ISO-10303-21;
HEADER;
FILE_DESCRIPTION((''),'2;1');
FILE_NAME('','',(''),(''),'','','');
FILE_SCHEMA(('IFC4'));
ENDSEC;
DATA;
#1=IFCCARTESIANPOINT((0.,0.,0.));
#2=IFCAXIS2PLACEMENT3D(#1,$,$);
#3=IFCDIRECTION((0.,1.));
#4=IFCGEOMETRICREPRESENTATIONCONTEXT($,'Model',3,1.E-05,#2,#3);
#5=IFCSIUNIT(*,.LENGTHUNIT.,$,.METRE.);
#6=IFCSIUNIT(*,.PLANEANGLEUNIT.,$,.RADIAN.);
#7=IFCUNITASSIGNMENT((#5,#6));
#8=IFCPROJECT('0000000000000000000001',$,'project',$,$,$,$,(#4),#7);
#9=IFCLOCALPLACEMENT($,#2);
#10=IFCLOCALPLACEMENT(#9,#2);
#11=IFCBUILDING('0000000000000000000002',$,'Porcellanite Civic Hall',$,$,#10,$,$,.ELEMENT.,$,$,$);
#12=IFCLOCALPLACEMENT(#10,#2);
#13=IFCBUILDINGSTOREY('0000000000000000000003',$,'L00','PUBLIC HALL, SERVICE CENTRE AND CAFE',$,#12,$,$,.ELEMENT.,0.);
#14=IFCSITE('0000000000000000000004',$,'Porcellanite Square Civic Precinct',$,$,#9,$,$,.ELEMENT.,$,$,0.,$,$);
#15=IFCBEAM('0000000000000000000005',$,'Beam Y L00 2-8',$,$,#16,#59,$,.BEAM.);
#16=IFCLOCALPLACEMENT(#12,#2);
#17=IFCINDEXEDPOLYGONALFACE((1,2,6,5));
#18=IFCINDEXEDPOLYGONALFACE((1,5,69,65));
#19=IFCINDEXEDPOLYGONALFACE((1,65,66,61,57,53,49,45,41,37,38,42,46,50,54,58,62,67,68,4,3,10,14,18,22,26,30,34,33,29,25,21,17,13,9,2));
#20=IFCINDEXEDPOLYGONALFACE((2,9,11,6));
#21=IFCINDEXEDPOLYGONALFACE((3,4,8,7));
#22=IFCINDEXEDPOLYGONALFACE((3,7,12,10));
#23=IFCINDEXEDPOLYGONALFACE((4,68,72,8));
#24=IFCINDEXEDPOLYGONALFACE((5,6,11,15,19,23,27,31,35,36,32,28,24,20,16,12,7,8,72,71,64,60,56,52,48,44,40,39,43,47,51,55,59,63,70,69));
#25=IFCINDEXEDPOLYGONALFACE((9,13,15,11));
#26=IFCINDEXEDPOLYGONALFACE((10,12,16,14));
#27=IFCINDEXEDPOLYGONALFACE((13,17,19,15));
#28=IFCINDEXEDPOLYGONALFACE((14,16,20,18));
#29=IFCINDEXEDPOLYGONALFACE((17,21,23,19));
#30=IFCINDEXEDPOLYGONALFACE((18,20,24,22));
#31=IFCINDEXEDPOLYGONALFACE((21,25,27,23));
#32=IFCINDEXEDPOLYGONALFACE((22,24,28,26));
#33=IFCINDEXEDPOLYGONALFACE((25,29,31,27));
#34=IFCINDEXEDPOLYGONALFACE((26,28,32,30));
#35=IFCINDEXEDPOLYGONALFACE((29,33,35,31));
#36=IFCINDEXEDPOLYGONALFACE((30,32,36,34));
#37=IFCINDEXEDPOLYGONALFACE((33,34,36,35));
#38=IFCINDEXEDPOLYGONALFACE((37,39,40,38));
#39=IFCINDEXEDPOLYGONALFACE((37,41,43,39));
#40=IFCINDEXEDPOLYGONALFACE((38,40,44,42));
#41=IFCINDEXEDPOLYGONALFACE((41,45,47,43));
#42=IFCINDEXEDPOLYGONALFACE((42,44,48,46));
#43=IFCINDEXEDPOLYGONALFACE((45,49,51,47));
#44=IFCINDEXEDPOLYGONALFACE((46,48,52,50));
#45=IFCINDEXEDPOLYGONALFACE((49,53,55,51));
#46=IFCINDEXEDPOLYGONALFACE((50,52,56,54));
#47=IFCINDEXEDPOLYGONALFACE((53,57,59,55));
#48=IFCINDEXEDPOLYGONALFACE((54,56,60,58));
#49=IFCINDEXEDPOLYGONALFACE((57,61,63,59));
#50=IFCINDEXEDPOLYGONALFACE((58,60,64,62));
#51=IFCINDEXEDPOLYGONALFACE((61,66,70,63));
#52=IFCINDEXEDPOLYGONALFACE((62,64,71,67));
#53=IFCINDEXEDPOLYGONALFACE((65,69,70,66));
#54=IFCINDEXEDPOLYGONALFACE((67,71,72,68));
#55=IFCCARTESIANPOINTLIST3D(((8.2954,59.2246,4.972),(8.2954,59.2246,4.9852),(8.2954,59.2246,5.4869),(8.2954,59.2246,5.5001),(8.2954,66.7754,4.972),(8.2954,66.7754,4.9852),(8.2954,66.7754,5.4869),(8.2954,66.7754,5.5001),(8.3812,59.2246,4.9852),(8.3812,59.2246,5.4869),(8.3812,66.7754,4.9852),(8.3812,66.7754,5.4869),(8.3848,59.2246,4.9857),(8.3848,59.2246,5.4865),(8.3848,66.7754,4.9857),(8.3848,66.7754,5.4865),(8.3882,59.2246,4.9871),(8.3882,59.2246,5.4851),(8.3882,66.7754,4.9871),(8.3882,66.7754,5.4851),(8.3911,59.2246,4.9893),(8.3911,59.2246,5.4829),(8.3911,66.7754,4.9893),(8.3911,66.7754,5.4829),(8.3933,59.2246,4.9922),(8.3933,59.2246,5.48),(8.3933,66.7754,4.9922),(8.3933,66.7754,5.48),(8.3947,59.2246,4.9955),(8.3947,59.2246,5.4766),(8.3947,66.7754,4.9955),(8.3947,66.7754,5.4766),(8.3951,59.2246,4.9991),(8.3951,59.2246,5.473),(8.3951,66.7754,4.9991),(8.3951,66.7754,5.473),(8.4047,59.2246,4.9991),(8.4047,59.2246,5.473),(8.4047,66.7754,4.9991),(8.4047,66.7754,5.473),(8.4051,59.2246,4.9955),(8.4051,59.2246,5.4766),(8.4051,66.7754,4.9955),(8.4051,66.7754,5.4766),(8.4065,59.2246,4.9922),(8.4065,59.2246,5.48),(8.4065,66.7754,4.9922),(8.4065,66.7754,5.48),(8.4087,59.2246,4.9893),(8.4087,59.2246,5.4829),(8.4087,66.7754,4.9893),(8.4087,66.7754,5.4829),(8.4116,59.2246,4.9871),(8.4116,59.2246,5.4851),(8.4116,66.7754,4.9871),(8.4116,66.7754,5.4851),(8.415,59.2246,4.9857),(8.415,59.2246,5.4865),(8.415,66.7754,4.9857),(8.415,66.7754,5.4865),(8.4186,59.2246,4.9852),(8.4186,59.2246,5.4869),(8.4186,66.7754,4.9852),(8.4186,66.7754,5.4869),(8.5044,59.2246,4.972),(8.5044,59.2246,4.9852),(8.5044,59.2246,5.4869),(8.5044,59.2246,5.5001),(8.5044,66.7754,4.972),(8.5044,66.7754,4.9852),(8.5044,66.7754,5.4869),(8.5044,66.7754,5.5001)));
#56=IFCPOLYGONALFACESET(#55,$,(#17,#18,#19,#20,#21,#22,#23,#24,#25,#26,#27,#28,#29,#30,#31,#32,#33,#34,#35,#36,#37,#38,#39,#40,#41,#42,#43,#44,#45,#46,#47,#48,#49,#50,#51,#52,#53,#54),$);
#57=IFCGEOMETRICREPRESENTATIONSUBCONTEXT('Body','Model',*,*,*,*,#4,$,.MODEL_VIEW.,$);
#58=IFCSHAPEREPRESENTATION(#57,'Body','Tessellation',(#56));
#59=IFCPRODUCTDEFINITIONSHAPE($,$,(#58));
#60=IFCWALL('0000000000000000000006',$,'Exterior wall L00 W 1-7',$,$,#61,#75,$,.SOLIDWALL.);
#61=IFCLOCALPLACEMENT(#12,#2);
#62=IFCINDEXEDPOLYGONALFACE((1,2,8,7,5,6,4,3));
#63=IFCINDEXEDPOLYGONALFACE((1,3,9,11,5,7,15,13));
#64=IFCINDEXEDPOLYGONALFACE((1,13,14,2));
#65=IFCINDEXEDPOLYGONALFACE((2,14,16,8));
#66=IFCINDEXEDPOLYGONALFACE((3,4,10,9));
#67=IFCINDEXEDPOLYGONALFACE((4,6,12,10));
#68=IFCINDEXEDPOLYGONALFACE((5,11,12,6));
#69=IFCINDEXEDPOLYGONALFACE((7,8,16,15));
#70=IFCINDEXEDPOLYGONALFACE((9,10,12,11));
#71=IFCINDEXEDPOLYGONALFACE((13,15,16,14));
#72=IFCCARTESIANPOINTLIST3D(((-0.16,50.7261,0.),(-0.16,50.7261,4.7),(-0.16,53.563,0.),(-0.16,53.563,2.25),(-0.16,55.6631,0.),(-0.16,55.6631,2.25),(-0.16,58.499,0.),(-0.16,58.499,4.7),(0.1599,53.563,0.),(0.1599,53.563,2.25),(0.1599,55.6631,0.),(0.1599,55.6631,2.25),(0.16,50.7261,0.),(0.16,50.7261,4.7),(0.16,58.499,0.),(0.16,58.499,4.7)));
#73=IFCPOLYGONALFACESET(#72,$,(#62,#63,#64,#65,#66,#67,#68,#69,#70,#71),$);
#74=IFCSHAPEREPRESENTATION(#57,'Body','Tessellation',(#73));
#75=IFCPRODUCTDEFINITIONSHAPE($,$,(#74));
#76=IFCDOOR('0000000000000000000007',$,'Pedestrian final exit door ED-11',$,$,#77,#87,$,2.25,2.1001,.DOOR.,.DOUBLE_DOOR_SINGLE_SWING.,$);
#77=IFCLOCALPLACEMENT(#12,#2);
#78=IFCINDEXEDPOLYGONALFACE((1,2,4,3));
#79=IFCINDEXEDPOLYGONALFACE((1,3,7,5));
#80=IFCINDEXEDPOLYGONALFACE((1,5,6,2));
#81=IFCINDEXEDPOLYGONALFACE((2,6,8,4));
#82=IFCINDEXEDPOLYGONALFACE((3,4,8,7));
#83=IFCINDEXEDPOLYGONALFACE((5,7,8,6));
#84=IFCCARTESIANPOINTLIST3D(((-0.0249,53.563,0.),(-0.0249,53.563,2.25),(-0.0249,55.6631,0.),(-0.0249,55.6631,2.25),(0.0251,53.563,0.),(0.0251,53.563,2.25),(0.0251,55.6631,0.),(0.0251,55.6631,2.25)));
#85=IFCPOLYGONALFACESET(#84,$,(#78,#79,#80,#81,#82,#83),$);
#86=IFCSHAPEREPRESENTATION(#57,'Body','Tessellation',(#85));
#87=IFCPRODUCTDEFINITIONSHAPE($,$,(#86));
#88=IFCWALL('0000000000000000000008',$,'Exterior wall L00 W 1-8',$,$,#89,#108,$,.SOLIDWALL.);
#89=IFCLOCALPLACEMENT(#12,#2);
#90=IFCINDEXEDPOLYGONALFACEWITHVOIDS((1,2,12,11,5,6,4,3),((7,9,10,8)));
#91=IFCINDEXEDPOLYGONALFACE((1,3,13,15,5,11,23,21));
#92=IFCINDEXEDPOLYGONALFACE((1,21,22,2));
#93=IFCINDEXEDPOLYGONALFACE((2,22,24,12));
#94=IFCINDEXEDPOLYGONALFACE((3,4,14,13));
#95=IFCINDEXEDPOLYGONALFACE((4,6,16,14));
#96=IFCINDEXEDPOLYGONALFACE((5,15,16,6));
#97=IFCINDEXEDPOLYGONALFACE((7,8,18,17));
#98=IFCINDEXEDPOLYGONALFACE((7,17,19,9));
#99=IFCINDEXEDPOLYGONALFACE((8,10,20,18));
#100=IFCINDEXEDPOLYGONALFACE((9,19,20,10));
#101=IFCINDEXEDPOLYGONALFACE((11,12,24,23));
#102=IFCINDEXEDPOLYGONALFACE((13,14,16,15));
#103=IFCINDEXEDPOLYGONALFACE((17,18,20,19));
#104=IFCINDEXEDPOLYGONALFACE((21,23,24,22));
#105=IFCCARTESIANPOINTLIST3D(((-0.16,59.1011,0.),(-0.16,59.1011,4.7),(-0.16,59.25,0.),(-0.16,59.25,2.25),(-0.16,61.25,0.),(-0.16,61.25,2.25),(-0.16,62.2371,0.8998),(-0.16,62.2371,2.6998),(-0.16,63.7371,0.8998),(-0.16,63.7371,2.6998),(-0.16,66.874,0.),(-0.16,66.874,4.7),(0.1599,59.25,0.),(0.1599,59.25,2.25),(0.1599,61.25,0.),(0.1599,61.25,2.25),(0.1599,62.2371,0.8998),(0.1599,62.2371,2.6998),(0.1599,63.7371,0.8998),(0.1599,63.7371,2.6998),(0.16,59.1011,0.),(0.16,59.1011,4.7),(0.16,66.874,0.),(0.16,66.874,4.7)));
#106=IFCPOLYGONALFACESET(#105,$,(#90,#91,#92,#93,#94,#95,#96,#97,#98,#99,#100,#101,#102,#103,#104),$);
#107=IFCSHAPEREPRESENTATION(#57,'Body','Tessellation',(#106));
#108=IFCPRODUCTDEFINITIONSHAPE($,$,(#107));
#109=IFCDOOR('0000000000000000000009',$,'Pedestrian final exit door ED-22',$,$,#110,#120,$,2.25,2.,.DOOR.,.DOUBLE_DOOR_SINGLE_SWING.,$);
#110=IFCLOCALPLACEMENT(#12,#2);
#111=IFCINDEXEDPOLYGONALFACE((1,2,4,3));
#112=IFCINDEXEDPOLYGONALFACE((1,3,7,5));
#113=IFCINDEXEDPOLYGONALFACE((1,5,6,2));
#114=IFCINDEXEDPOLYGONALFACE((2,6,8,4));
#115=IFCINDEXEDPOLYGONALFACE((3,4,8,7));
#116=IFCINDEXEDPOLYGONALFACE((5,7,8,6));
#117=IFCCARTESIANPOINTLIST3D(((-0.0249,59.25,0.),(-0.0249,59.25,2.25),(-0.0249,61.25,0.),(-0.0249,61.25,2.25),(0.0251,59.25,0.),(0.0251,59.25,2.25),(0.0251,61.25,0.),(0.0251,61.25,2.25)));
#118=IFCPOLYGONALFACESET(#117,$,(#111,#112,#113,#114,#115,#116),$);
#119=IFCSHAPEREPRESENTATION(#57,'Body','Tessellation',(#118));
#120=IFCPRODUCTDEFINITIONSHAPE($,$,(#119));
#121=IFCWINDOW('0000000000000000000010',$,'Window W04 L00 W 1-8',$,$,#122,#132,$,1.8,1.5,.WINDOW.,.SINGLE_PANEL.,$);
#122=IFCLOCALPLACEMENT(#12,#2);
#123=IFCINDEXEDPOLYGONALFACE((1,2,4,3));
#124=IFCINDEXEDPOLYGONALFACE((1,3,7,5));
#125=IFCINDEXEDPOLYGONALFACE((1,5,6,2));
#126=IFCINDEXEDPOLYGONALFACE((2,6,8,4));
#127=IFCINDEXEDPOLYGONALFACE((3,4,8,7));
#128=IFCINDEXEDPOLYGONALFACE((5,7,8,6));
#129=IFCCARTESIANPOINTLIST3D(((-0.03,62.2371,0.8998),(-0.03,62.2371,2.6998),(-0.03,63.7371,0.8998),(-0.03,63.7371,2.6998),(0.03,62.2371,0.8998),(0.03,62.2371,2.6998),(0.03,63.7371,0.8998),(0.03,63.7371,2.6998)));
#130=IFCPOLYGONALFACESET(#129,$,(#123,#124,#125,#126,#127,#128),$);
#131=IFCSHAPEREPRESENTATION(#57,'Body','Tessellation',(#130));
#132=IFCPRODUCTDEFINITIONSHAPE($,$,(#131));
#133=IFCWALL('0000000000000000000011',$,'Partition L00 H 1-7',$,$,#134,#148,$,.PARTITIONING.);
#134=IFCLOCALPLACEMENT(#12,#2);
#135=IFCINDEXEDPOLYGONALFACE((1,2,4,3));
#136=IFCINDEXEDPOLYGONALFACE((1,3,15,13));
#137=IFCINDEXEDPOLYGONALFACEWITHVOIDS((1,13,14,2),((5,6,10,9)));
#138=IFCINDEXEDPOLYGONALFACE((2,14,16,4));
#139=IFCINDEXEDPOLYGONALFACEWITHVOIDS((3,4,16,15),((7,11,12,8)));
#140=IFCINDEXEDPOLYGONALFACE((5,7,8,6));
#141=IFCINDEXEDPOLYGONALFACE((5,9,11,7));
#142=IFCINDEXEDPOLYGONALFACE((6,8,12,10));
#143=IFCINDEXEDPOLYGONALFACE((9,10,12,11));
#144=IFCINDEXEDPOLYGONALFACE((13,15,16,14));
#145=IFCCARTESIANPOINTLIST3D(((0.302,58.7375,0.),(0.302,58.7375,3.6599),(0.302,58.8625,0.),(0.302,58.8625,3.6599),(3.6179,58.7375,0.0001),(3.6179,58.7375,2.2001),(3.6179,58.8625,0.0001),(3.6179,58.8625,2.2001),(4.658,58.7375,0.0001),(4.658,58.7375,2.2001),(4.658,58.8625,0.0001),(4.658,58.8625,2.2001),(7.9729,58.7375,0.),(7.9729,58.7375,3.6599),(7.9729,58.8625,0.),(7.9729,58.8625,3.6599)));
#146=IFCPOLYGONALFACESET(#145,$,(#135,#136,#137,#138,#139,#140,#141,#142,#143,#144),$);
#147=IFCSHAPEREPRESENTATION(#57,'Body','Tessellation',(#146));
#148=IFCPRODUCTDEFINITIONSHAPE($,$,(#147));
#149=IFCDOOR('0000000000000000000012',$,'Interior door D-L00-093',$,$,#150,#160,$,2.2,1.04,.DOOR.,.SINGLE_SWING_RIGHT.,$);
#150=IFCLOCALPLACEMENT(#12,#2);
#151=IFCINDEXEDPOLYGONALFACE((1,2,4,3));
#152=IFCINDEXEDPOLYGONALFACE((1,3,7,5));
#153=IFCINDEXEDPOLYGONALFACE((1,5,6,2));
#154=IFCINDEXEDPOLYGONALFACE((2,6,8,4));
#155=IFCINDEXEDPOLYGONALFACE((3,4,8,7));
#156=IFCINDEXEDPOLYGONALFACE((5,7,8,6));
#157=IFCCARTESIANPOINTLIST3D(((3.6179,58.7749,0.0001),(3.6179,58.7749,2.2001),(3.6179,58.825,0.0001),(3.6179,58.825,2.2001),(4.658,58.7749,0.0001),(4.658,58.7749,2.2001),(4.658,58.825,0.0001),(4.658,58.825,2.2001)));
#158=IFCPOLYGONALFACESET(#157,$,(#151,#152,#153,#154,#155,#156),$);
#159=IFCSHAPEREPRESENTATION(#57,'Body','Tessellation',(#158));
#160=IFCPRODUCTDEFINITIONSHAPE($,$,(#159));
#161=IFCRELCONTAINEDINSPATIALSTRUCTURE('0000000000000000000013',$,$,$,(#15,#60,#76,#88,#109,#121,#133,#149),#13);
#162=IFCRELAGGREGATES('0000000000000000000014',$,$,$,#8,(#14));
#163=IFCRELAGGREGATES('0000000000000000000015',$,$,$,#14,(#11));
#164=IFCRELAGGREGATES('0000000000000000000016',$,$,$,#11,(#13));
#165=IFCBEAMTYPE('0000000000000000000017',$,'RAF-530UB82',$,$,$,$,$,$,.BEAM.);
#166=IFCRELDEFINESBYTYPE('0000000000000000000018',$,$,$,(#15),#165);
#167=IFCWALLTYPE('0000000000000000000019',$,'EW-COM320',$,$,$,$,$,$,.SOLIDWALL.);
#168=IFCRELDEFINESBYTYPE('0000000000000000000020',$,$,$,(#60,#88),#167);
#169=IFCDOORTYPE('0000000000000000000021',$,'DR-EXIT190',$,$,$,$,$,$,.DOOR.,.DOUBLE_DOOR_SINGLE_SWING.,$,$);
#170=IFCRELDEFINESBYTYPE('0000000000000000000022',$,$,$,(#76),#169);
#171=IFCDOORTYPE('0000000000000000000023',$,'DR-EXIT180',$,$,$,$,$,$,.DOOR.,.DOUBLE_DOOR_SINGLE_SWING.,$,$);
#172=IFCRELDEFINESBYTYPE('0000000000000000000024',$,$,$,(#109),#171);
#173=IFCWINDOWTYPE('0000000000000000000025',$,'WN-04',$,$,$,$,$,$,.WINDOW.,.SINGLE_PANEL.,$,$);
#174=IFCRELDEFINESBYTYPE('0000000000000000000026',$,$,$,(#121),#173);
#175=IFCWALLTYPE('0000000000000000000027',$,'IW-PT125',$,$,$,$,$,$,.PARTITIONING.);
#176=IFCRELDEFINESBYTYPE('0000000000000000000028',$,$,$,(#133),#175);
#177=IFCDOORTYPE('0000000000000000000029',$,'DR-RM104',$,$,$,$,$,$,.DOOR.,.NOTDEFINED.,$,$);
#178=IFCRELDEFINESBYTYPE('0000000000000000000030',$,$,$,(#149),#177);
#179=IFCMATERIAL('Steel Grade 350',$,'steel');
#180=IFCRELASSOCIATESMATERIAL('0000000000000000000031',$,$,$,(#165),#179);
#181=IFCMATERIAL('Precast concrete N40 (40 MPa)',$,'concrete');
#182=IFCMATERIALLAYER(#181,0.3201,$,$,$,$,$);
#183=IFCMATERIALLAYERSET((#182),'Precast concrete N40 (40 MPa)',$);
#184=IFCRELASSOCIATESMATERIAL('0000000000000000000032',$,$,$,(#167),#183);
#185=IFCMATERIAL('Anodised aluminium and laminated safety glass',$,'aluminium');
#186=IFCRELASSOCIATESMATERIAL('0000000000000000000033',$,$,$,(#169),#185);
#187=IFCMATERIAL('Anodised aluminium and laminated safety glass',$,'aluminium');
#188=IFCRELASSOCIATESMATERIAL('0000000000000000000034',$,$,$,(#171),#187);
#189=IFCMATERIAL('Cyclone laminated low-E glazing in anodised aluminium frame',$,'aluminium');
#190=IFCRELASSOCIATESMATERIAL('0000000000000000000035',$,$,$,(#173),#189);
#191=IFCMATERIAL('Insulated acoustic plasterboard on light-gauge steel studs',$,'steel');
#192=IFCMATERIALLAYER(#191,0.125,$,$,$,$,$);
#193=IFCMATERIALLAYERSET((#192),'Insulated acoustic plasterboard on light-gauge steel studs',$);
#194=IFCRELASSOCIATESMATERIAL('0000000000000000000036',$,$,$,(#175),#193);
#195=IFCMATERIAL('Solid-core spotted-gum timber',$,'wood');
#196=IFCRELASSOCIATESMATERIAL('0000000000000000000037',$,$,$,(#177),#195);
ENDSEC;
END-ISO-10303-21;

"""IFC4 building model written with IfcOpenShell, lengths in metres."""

from ifc_helpers import new_model, si_unit, direction, frame, frame_2d, origin, origin_2d, place, context, subcontext, project, spatial, rectangle, i_section, extrude, material, layer, layer_set, material_profile, profile_set, type_object, element, fill, save


model = new_model("IFC4")

# Units and contexts
model_context = context("Model", 3, precision=1e-05, world=origin(), true_north=direction((0.0, 1.0)))
body_context = subcontext(model_context, "Body", "Model", "MODEL_VIEW")
ifc_project = project(units=[si_unit("LENGTHUNIT", "METRE"), si_unit("PLANEANGLEUNIT", "RADIAN")], contexts=[model_context])

# Site, building, storey
site_placement = place(None, origin())
site = spatial("IfcSite", under=ifc_project, at=site_placement, Name="Porcellanite Square Civic Precinct", CompositionType="ELEMENT", RefElevation=0.0)
building_placement = place(site_placement, origin())
building = spatial("IfcBuilding", under=site, at=building_placement, Name="Porcellanite Civic Hall", CompositionType="ELEMENT")
storey_placement = place(building_placement, origin())
storey = spatial("IfcBuildingStorey", under=building, at=storey_placement, Name="L00", Description="PUBLIC HALL, SERVICE CENTRE AND CAFE", CompositionType="ELEMENT", Elevation=0.0)

# Beam
ifc_material_1 = material(Name="Steel Grade 350", Category="steel")
ifc_material_profile_1 = material_profile(ifc_material_1, i_section(OverallWidth=0.209, OverallDepth=0.5281, WebThickness=0.0095, FlangeThickness=0.0132, FilletRadius=0.0139, at=origin_2d()), Name="530UB82.0")
ifc_profile_set_1 = profile_set([ifc_material_profile_1], Name="Steel Grade 350")
beam_type_1 = type_object("IfcBeamType", Name="RAF-530UB82", PredefinedType="BEAM", material=ifc_profile_set_1)
beam_1_placement = place(storey_placement, frame((8.3999, 59.2246, 5.2361), z_axis=(0.0, 1.0, 0.0), x_axis=(-1.0, 0.0, 0.0)))
element("IfcBeam", 1, at=beam_1_placement, inside=storey, type_object=beam_type_1, Name="Beam Y L00 2-8", PredefinedType="BEAM", context=body_context, shape_type="SweptSolid", body=[
    extrude(i_section(OverallWidth=0.209, OverallDepth=0.5281, WebThickness=0.0095, FlangeThickness=0.0132, FilletRadius=0.0139, at=origin_2d()), origin(), (0.0, 0.0, 1.0), 7.5508),
])

# Wall, opening, door
ifc_material_2 = material(Name="Precast concrete N40 (40 MPa)", Category="concrete")
ifc_layer_1 = layer(ifc_material_2, 0.3201)
ifc_layer_set_1 = layer_set([ifc_layer_1], Name="Precast concrete N40 (40 MPa)")
wall_type_1 = type_object("IfcWallType", Name="EW-COM320", PredefinedType="SOLIDWALL", material=ifc_layer_set_1)
wall_1_placement = place(storey_placement, frame((0.0, 50.7261, 0.0), z_axis=(0.0, 0.0, 1.0), x_axis=(0.0, 1.0, 0.0)))
wall_1 = element("IfcWall", 2, at=wall_1_placement, inside=storey, type_object=wall_type_1, Name="Exterior wall L00 W 1-7", PredefinedType="SOLIDWALL", context=body_context, shape_type="SweptSolid", body=[
    extrude(rectangle(XDim=7.7729, YDim=0.3201, at=frame_2d((3.8865, 0.0))), origin(), (0.0, 0.0, 1.0), 4.7),
])
opening_1_placement = place(wall_1_placement, frame((2.8369, 0.0, 0.0)))
opening_1 = element("IfcOpeningElement", 3, at=opening_1_placement, cuts=wall_1, PredefinedType="OPENING", context=body_context, shape_type="SweptSolid", body=[
    extrude(rectangle(XDim=2.1001, YDim=2.25, at=frame_2d((1.05, 1.125))), frame((0.0, 0.1602, 0.0), z_axis=(0.0, -1.0, 0.0), x_axis=(1.0, 0.0, 0.0)), (0.0, 0.0, 1.0), 0.3201),
])
ifc_material_3 = material(Name="Anodised aluminium and laminated safety glass", Category="aluminium")
door_type_1 = type_object("IfcDoorType", Name="DR-EXIT190", OperationType="DOUBLE_DOOR_SINGLE_SWING", PredefinedType="DOOR", material=ifc_material_3)
door_1_placement = place(opening_1_placement, origin())
door_1 = element("IfcDoor", 4, at=door_1_placement, inside=storey, type_object=door_type_1, Name="Pedestrian final exit door ED-11", OperationType="DOUBLE_DOOR_SINGLE_SWING", OverallHeight=2.25, OverallWidth=2.1001, PredefinedType="DOOR", context=body_context, shape_type="SweptSolid", body=[
    extrude(rectangle(XDim=2.1001, YDim=2.25, at=frame_2d((1.05, 1.125))), frame((0.0, 0.0249, 0.0), z_axis=(0.0, -1.0, 0.0), x_axis=(1.0, 0.0, 0.0)), (0.0, 0.0, 1.0), 0.05),
])
fill(opening_1, door_1)

# Wall, openings, door, window
wall_2_placement = place(storey_placement, frame((0.0, 59.1011, 0.0), z_axis=(0.0, 0.0, 1.0), x_axis=(0.0, 1.0, 0.0)))
wall_2 = element("IfcWall", 5, at=wall_2_placement, inside=storey, type_object=wall_type_1, Name="Exterior wall L00 W 1-8", PredefinedType="SOLIDWALL", context=body_context, shape_type="SweptSolid", body=[
    extrude(rectangle(XDim=7.7729, YDim=0.3201, at=frame_2d((3.8865, 0.0))), origin(), (0.0, 0.0, 1.0), 4.7),
])
opening_2_placement = place(wall_2_placement, frame((3.136, 0.0, 0.8999)))
opening_2 = element("IfcOpeningElement", 6, at=opening_2_placement, cuts=wall_2, PredefinedType="OPENING", context=body_context, shape_type="SweptSolid", body=[
    extrude(rectangle(XDim=1.5, YDim=1.8, at=frame_2d((0.75, 0.8999))), frame((0.0, 0.1602, 0.0), z_axis=(0.0, -1.0, 0.0), x_axis=(1.0, 0.0, 0.0)), (0.0, 0.0, 1.0), 0.3201),
])
opening_3_placement = place(wall_2_placement, frame((0.1489, 0.0, 0.0)))
opening_3 = element("IfcOpeningElement", 7, at=opening_3_placement, cuts=wall_2, PredefinedType="OPENING", context=body_context, shape_type="SweptSolid", body=[
    extrude(rectangle(XDim=2.0, YDim=2.25, at=frame_2d((1.0, 1.125))), frame((0.0, 0.1602, 0.0), z_axis=(0.0, -1.0, 0.0), x_axis=(1.0, 0.0, 0.0)), (0.0, 0.0, 1.0), 0.3201),
])
ifc_material_4 = material(Name="Anodised aluminium and laminated safety glass", Category="aluminium")
door_type_2 = type_object("IfcDoorType", Name="DR-EXIT180", OperationType="DOUBLE_DOOR_SINGLE_SWING", PredefinedType="DOOR", material=ifc_material_4)
door_2_placement = place(opening_3_placement, origin())
door_2 = element("IfcDoor", 8, at=door_2_placement, inside=storey, type_object=door_type_2, Name="Pedestrian final exit door ED-22", OperationType="DOUBLE_DOOR_SINGLE_SWING", OverallHeight=2.25, OverallWidth=2.0, PredefinedType="DOOR", context=body_context, shape_type="SweptSolid", body=[
    extrude(rectangle(XDim=2.0, YDim=2.25, at=frame_2d((1.0, 1.125))), frame((0.0, 0.0249, 0.0), z_axis=(0.0, -1.0, 0.0), x_axis=(1.0, 0.0, 0.0)), (0.0, 0.0, 1.0), 0.05),
])
fill(opening_3, door_2)
ifc_material_5 = material(Name="Cyclone laminated low-E glazing in anodised aluminium frame", Category="aluminium")
window_type = type_object("IfcWindowType", Name="WN-04", PartitioningType="SINGLE_PANEL", PredefinedType="WINDOW", material=ifc_material_5)
window_placement = place(opening_2_placement, origin())
window = element("IfcWindow", 9, at=window_placement, inside=storey, type_object=window_type, Name="Window W04 L00 W 1-8", OverallHeight=1.8, OverallWidth=1.5, PartitioningType="SINGLE_PANEL", PredefinedType="WINDOW", context=body_context, shape_type="SweptSolid", body=[
    extrude(rectangle(XDim=1.5, YDim=1.8, at=frame_2d((0.75, 0.8999))), frame((0.0, 0.03, 0.0), z_axis=(0.0, -1.0, 0.0), x_axis=(1.0, 0.0, 0.0)), (0.0, 0.0, 1.0), 0.0601),
])
fill(opening_2, window)

# Wall, opening, door
ifc_material_6 = material(Name="Insulated acoustic plasterboard on light-gauge steel studs", Category="steel")
ifc_layer_2 = layer(ifc_material_6, 0.125)
ifc_layer_set_2 = layer_set([ifc_layer_2], Name="Insulated acoustic plasterboard on light-gauge steel studs")
wall_type_2 = type_object("IfcWallType", Name="IW-PT125", PredefinedType="PARTITIONING", material=ifc_layer_set_2)
wall_3_placement = place(storey_placement, frame((0.302, 58.8, 0.0), z_axis=(0.0, 0.0, 1.0), x_axis=(1.0, 0.0, 0.0)))
wall_3 = element("IfcWall", 10, at=wall_3_placement, inside=storey, type_object=wall_type_2, Name="Partition L00 H 1-7", PredefinedType="PARTITIONING", context=body_context, shape_type="SweptSolid", body=[
    extrude(rectangle(XDim=7.6709, YDim=0.125, at=frame_2d((3.8354, 0.0))), origin(), (0.0, 0.0, 1.0), 3.6599),
])
opening_4_placement = place(wall_3_placement, frame((3.3159, 0.0, 0.0)))
opening_4 = element("IfcOpeningElement", 11, at=opening_4_placement, cuts=wall_3, PredefinedType="OPENING", context=body_context, shape_type="SweptSolid", body=[
    extrude(rectangle(XDim=1.04, YDim=2.2, at=frame_2d((0.52, 1.1001))), frame((0.0, 0.0625, 0.0), z_axis=(0.0, -1.0, 0.0), x_axis=(1.0, 0.0, 0.0)), (0.0, 0.0, 1.0), 0.125),
])
ifc_material_7 = material(Name="Solid-core spotted-gum timber", Category="wood")
door_type_3 = type_object("IfcDoorType", Name="DR-RM104", OperationType="NOTDEFINED", PredefinedType="DOOR", material=ifc_material_7)
door_3_placement = place(opening_4_placement, origin())
door_3 = element("IfcDoor", 12, at=door_3_placement, inside=storey, type_object=door_type_3, Name="Interior door D-L00-093", OperationType="SINGLE_SWING_RIGHT", OverallHeight=2.2, OverallWidth=1.04, PredefinedType="DOOR", context=body_context, shape_type="SweptSolid", body=[
    extrude(rectangle(XDim=1.04, YDim=2.2, at=frame_2d((0.52, 1.1001))), frame((0.0, 0.0249, 0.0), z_axis=(0.0, -1.0, 0.0), x_axis=(1.0, 0.0, 0.0)), (0.0, 0.0, 1.0), 0.05),
])
fill(opening_4, door_3)

save(model, "model.ifc")
